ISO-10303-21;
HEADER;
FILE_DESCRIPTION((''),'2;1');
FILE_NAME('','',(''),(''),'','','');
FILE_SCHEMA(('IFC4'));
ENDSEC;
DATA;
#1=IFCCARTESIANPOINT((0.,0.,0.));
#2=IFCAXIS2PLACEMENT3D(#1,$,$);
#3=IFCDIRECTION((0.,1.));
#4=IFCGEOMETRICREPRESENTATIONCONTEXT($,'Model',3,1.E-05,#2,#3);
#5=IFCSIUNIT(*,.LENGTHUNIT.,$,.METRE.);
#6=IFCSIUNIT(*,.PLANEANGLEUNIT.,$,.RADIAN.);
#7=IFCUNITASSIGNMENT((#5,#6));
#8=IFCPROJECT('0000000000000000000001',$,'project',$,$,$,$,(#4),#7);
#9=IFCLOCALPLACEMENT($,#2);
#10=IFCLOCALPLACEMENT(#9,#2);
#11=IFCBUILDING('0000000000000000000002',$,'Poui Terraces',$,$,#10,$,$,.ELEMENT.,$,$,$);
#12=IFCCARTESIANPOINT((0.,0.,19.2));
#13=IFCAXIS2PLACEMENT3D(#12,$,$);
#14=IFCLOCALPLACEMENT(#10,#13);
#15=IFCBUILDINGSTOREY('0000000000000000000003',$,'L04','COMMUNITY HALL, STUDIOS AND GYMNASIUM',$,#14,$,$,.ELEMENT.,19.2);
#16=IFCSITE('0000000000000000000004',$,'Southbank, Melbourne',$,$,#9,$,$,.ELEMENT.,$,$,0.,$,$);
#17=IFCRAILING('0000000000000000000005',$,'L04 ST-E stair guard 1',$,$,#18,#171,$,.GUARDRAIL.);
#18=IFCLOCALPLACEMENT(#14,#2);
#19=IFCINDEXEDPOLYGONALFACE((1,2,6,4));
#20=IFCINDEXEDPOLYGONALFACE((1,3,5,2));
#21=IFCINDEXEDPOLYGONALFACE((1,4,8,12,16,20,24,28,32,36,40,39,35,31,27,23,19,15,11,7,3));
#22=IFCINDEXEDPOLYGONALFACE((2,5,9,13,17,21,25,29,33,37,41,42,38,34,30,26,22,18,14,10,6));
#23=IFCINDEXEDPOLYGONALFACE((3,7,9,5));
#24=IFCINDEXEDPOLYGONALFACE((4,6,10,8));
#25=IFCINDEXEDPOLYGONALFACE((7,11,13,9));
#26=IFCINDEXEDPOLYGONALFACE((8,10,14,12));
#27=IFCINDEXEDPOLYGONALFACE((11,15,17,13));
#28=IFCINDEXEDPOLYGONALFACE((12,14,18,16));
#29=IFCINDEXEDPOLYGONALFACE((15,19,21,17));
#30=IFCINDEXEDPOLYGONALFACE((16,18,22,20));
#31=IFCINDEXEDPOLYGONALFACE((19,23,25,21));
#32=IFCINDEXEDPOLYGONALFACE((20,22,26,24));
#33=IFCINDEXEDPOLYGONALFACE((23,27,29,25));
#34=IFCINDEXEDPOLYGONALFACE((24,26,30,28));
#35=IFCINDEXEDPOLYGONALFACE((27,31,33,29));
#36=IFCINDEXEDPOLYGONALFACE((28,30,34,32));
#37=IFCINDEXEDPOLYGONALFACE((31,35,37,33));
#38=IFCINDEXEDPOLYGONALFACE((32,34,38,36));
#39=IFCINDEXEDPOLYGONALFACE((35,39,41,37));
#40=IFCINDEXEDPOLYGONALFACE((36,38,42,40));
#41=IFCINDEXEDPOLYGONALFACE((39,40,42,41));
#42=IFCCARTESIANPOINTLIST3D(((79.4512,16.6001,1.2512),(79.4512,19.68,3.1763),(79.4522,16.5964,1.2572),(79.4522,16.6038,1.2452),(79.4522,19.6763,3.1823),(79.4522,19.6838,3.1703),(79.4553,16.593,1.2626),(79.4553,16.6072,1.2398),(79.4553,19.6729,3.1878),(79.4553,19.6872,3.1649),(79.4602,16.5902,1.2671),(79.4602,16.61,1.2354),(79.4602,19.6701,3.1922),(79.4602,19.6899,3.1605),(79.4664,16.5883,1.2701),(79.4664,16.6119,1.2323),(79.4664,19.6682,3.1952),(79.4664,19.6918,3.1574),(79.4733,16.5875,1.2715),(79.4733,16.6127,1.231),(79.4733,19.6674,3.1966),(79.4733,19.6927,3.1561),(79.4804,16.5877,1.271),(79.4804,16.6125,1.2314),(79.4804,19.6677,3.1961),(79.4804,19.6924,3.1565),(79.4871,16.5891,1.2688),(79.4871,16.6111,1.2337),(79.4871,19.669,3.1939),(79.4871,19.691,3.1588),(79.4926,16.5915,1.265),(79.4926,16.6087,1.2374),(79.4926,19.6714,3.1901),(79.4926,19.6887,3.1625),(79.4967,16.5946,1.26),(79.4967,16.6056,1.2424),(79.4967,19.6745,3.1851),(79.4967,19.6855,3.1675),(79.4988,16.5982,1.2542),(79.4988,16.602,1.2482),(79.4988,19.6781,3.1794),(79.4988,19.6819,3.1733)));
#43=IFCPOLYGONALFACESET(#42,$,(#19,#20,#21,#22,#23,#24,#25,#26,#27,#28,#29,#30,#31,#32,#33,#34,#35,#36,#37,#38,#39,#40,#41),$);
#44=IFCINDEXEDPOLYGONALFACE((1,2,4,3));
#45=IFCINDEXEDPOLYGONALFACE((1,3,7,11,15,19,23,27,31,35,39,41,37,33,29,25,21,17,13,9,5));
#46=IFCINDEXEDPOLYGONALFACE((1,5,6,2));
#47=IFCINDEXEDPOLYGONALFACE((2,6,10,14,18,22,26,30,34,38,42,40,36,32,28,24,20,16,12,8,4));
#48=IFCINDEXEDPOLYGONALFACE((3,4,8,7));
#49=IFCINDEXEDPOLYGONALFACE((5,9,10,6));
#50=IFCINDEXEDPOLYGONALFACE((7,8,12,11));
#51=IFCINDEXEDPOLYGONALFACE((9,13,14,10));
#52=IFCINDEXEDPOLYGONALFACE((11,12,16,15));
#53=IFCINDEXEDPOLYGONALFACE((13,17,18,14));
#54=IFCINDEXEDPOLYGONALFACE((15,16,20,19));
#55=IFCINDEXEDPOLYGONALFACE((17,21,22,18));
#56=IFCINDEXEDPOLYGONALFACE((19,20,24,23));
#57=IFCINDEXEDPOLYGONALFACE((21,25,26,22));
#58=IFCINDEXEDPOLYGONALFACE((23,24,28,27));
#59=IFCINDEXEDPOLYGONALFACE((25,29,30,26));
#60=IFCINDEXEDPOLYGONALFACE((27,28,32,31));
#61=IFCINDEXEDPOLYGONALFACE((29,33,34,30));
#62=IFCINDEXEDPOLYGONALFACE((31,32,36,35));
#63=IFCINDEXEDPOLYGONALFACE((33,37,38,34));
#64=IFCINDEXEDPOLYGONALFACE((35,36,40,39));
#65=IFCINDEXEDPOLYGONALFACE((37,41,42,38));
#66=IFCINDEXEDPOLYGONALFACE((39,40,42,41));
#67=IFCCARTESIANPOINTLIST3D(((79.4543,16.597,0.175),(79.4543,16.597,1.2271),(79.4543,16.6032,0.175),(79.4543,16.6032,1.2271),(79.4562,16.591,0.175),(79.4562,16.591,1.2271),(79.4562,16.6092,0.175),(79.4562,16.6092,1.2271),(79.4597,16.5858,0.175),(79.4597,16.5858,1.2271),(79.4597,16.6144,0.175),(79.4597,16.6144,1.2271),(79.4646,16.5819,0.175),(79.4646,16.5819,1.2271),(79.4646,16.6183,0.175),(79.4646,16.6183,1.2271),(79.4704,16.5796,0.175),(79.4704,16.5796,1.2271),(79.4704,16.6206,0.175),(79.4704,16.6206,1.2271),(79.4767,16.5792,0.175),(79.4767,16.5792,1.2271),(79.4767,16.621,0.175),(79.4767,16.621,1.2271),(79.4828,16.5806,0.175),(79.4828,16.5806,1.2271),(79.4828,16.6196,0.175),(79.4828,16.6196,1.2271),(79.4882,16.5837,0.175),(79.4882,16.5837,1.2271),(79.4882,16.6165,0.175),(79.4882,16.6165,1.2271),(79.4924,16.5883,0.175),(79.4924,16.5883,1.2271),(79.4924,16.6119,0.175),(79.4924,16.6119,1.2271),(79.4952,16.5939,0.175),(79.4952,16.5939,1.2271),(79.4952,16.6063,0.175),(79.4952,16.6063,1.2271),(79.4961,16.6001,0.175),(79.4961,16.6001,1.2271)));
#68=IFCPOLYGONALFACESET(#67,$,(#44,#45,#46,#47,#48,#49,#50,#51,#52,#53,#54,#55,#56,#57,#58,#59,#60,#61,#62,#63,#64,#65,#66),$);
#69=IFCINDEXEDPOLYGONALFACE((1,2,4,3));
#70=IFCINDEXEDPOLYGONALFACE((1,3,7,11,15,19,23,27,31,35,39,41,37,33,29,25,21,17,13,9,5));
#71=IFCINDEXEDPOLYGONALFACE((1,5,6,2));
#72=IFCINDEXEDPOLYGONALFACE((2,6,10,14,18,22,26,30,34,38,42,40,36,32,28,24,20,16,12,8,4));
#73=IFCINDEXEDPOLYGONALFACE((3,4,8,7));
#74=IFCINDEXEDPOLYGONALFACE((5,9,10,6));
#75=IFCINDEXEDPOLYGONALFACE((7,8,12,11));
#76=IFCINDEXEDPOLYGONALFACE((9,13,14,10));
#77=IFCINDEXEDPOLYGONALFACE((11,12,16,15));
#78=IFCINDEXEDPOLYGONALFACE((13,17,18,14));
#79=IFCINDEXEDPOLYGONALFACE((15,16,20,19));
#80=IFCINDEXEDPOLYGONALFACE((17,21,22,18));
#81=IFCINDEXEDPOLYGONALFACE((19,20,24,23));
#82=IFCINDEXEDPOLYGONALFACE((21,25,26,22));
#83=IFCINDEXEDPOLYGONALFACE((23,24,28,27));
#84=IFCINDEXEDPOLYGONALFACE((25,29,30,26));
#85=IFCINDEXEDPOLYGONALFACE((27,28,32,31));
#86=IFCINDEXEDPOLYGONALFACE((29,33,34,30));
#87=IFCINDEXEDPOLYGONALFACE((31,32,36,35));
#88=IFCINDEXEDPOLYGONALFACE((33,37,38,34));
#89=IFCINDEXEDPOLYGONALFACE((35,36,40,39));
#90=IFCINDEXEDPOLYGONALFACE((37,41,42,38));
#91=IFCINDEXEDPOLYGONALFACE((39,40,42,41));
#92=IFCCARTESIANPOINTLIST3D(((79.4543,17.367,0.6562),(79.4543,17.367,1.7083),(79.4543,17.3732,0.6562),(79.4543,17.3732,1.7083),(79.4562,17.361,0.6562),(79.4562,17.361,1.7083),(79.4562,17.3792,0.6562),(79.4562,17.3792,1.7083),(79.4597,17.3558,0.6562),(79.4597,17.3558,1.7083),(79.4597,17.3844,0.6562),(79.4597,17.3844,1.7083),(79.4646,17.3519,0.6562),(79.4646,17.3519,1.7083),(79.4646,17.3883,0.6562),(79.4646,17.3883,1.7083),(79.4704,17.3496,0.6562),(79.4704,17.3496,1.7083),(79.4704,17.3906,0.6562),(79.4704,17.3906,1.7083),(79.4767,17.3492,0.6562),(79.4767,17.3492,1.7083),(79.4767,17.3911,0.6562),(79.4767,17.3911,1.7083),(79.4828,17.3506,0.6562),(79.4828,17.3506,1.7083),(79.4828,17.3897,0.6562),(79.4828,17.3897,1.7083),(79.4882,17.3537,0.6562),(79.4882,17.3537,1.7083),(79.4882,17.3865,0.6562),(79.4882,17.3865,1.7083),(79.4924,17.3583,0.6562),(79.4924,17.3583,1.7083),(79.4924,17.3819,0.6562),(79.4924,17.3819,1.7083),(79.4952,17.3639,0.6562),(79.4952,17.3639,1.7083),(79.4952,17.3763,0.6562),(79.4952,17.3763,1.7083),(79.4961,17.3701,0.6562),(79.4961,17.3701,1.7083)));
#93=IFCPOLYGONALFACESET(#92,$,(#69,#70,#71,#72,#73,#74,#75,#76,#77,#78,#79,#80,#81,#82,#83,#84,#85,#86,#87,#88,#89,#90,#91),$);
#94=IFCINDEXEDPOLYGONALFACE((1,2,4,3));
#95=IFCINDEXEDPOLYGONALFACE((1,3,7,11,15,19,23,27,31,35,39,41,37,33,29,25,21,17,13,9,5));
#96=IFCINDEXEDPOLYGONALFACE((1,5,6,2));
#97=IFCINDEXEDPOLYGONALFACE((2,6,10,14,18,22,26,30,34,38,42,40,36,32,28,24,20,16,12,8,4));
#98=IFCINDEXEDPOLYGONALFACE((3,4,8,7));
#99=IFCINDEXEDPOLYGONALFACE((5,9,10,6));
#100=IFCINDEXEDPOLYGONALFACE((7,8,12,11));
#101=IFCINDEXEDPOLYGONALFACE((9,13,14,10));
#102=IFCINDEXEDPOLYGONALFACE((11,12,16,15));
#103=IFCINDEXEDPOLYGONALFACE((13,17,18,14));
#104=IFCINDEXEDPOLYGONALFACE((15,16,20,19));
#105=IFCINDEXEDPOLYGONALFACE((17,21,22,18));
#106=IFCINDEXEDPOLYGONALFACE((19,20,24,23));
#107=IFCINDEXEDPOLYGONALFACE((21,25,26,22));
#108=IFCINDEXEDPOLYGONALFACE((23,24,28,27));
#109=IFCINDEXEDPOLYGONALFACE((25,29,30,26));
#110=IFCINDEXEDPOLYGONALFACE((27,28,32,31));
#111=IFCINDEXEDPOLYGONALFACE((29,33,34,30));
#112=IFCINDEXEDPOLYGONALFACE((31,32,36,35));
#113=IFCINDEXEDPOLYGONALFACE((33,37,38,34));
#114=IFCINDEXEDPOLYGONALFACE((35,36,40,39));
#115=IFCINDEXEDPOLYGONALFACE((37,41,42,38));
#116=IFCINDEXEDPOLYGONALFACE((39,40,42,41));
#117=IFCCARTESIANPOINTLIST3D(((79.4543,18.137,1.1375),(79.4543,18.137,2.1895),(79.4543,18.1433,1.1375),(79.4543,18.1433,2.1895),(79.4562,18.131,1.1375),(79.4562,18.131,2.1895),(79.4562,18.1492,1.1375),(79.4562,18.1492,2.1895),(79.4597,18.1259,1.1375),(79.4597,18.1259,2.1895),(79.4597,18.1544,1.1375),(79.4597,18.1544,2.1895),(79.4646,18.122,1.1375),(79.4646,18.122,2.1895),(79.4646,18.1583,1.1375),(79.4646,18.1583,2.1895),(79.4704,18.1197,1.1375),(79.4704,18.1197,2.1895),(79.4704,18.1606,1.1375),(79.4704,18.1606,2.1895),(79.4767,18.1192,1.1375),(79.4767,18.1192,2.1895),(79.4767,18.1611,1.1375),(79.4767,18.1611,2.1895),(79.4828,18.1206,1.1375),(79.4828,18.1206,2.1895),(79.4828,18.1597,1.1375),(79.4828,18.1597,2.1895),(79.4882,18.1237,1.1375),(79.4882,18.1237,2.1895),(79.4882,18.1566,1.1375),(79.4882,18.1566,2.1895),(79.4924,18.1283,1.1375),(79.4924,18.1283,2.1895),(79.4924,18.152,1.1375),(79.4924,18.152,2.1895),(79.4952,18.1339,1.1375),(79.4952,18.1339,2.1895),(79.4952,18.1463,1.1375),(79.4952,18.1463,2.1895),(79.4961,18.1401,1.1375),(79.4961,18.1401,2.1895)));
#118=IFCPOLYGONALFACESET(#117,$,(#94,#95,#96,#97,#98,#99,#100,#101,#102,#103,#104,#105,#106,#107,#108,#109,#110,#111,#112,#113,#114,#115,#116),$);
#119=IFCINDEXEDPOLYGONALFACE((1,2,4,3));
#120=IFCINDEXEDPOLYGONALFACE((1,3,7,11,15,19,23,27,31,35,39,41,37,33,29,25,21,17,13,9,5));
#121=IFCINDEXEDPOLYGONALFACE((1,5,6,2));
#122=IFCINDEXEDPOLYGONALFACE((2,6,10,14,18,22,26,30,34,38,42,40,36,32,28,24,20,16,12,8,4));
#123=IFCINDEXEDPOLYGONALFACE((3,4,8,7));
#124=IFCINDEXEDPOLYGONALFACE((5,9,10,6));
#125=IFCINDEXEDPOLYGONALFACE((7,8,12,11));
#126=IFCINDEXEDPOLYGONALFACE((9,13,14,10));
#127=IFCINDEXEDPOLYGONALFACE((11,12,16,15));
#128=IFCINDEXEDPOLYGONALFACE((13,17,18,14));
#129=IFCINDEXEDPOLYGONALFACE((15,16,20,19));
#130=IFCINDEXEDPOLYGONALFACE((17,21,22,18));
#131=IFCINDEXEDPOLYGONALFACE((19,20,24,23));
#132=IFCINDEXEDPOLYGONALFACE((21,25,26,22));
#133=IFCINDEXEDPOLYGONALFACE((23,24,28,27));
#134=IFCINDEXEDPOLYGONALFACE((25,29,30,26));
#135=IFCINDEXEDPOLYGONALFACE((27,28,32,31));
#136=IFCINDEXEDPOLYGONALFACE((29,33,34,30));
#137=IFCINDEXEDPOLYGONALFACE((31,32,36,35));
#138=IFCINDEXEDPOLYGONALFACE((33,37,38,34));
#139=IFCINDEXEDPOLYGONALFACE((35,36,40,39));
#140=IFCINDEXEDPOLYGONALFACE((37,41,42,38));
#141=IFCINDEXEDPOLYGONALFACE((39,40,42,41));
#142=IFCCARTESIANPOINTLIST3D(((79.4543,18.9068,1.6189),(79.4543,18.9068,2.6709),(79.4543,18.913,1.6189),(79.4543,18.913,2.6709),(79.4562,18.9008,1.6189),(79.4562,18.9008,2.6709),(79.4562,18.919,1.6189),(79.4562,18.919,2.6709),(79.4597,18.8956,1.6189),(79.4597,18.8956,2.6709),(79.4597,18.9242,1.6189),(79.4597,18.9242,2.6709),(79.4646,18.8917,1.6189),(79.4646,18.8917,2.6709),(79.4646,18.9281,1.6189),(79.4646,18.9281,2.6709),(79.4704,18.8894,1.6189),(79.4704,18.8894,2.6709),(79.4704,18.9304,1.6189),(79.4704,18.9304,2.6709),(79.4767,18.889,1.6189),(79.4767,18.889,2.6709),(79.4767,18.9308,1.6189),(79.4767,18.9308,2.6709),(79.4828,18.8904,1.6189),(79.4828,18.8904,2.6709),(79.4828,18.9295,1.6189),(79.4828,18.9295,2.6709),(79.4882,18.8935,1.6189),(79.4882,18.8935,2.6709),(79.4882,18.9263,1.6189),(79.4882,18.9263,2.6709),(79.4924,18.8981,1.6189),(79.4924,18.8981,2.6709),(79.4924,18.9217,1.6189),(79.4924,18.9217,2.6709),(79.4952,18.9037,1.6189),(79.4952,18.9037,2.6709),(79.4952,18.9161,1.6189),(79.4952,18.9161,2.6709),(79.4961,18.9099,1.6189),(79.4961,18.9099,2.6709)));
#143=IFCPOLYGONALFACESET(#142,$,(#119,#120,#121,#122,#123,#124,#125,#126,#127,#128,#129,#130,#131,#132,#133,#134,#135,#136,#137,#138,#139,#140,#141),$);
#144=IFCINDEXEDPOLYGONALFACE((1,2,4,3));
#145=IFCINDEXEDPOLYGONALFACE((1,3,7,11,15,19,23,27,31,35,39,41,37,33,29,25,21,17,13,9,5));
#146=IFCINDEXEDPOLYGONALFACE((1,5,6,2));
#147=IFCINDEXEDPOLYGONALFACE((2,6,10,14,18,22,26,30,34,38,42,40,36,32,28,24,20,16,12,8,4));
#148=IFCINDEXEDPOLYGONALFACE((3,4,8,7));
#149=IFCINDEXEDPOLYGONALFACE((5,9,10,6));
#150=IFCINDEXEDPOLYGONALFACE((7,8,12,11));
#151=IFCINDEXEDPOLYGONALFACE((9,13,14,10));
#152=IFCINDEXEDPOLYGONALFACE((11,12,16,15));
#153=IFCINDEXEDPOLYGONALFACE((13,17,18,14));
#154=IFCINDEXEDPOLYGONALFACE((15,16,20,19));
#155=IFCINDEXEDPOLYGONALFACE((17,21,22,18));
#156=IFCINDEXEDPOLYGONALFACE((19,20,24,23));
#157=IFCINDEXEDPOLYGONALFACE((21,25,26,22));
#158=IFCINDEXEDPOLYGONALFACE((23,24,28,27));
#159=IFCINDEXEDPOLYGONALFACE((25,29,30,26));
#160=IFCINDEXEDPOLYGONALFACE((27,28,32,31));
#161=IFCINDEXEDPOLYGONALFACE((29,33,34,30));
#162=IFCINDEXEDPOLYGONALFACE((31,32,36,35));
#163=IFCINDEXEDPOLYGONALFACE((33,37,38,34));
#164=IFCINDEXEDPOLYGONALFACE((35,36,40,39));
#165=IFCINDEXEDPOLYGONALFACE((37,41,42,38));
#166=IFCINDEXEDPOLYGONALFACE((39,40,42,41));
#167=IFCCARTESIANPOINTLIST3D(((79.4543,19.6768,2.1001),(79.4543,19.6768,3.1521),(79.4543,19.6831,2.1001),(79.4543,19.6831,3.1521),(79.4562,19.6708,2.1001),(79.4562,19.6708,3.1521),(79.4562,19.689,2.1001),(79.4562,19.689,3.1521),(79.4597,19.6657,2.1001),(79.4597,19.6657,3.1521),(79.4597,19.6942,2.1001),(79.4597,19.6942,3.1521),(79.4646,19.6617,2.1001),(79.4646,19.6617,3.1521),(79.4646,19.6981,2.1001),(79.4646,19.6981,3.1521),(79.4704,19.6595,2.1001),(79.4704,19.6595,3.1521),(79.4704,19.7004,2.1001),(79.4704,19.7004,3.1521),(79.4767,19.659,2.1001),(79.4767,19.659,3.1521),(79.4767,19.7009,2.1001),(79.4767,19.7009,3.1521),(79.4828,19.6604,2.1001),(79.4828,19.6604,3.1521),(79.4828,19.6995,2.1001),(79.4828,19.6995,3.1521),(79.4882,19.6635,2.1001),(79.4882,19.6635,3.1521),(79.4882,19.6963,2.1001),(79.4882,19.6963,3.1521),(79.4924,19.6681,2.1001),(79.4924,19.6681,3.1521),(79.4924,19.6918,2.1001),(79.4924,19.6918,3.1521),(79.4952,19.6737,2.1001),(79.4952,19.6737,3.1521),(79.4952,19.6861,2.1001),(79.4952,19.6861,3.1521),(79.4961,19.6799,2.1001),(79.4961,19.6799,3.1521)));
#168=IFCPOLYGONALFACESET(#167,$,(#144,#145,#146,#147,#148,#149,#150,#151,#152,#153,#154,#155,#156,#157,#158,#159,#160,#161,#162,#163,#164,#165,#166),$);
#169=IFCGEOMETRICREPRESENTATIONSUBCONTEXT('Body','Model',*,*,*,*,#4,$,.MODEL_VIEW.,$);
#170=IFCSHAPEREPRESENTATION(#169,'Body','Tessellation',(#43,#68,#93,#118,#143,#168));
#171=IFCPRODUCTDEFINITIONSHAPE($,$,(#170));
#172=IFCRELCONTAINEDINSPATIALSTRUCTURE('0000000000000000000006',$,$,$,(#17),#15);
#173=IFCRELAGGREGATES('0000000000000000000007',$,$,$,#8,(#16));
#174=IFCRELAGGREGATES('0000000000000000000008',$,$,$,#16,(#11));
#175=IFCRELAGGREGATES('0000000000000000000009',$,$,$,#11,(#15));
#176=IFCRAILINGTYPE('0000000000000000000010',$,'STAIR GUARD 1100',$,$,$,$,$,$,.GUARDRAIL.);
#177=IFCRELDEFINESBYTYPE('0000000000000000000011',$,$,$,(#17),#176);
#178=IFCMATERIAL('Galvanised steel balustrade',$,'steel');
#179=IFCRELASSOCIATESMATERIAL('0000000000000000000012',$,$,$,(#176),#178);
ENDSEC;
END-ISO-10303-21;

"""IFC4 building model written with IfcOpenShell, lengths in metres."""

from ifc_helpers import new_model, si_unit, direction, frame, origin, origin_2d, place, context, subcontext, project, spatial, circle, extrude, material, type_object, element, save


model = new_model("IFC4")

# Units and contexts
model_context = context("Model", 3, precision=1e-05, world=origin(), true_north=direction((0.0, 1.0)))
body_context = subcontext(model_context, "Body", "Model", "MODEL_VIEW")
ifc_project = project(units=[si_unit("LENGTHUNIT", "METRE"), si_unit("PLANEANGLEUNIT", "RADIAN")], contexts=[model_context])

# Site, building, storey
site_placement = place(None, origin())
site = spatial("IfcSite", under=ifc_project, at=site_placement, Name="Southbank, Melbourne", CompositionType="ELEMENT", RefElevation=0.0)
building_placement = place(site_placement, origin())
building = spatial("IfcBuilding", under=site, at=building_placement, Name="Poui Terraces", CompositionType="ELEMENT")
storey_placement = place(building_placement, frame((0.0, 0.0, 19.2)))
storey = spatial("IfcBuildingStorey", under=building, at=storey_placement, Name="L04", Description="COMMUNITY HALL, STUDIOS AND GYMNASIUM", CompositionType="ELEMENT", Elevation=19.2)

# Railing
ifc_material_1 = material(Name="Galvanised steel balustrade", Category="steel")
railing_type_1 = type_object("IfcRailingType", Name="STAIR GUARD 1100", PredefinedType="GUARDRAIL", material=ifc_material_1)
railing_1_placement = place(storey_placement, frame((79.4751, 16.6001, 0.175)))
element("IfcRailing", 1, at=railing_1_placement, inside=storey, type_object=railing_type_1, Name="L04 ST-E stair guard 1", PredefinedType="GUARDRAIL", context=body_context, shape_type="SweptSolid", body=[
    extrude(circle(Radius=0.0239, at=origin_2d()), frame((0.0, 0.0, 1.0762), z_axis=(0.0, 0.847979, 0.530029), x_axis=(-1.0, 0.0, 0.0)), (0.0, 0.0, 1.0), 3.6321),
    extrude(circle(Radius=0.021, at=origin_2d()), origin(), (0.0, 0.0, 1.0), 1.052),
    extrude(circle(Radius=0.021, at=origin_2d()), frame((0.0, 0.77, 0.4812)), (0.0, 0.0, 1.0), 1.052),
    extrude(circle(Radius=0.021, at=origin_2d()), frame((0.0, 1.54, 0.9624)), (0.0, 0.0, 1.0), 1.052),
    extrude(circle(Radius=0.021, at=origin_2d()), frame((0.0, 2.3098, 1.4438)), (0.0, 0.0, 1.0), 1.052),
    extrude(circle(Radius=0.021, at=origin_2d()), frame((0.0, 3.0798, 1.925)), (0.0, 0.0, 1.0), 1.052),
])

save(model, "model.ifc")
